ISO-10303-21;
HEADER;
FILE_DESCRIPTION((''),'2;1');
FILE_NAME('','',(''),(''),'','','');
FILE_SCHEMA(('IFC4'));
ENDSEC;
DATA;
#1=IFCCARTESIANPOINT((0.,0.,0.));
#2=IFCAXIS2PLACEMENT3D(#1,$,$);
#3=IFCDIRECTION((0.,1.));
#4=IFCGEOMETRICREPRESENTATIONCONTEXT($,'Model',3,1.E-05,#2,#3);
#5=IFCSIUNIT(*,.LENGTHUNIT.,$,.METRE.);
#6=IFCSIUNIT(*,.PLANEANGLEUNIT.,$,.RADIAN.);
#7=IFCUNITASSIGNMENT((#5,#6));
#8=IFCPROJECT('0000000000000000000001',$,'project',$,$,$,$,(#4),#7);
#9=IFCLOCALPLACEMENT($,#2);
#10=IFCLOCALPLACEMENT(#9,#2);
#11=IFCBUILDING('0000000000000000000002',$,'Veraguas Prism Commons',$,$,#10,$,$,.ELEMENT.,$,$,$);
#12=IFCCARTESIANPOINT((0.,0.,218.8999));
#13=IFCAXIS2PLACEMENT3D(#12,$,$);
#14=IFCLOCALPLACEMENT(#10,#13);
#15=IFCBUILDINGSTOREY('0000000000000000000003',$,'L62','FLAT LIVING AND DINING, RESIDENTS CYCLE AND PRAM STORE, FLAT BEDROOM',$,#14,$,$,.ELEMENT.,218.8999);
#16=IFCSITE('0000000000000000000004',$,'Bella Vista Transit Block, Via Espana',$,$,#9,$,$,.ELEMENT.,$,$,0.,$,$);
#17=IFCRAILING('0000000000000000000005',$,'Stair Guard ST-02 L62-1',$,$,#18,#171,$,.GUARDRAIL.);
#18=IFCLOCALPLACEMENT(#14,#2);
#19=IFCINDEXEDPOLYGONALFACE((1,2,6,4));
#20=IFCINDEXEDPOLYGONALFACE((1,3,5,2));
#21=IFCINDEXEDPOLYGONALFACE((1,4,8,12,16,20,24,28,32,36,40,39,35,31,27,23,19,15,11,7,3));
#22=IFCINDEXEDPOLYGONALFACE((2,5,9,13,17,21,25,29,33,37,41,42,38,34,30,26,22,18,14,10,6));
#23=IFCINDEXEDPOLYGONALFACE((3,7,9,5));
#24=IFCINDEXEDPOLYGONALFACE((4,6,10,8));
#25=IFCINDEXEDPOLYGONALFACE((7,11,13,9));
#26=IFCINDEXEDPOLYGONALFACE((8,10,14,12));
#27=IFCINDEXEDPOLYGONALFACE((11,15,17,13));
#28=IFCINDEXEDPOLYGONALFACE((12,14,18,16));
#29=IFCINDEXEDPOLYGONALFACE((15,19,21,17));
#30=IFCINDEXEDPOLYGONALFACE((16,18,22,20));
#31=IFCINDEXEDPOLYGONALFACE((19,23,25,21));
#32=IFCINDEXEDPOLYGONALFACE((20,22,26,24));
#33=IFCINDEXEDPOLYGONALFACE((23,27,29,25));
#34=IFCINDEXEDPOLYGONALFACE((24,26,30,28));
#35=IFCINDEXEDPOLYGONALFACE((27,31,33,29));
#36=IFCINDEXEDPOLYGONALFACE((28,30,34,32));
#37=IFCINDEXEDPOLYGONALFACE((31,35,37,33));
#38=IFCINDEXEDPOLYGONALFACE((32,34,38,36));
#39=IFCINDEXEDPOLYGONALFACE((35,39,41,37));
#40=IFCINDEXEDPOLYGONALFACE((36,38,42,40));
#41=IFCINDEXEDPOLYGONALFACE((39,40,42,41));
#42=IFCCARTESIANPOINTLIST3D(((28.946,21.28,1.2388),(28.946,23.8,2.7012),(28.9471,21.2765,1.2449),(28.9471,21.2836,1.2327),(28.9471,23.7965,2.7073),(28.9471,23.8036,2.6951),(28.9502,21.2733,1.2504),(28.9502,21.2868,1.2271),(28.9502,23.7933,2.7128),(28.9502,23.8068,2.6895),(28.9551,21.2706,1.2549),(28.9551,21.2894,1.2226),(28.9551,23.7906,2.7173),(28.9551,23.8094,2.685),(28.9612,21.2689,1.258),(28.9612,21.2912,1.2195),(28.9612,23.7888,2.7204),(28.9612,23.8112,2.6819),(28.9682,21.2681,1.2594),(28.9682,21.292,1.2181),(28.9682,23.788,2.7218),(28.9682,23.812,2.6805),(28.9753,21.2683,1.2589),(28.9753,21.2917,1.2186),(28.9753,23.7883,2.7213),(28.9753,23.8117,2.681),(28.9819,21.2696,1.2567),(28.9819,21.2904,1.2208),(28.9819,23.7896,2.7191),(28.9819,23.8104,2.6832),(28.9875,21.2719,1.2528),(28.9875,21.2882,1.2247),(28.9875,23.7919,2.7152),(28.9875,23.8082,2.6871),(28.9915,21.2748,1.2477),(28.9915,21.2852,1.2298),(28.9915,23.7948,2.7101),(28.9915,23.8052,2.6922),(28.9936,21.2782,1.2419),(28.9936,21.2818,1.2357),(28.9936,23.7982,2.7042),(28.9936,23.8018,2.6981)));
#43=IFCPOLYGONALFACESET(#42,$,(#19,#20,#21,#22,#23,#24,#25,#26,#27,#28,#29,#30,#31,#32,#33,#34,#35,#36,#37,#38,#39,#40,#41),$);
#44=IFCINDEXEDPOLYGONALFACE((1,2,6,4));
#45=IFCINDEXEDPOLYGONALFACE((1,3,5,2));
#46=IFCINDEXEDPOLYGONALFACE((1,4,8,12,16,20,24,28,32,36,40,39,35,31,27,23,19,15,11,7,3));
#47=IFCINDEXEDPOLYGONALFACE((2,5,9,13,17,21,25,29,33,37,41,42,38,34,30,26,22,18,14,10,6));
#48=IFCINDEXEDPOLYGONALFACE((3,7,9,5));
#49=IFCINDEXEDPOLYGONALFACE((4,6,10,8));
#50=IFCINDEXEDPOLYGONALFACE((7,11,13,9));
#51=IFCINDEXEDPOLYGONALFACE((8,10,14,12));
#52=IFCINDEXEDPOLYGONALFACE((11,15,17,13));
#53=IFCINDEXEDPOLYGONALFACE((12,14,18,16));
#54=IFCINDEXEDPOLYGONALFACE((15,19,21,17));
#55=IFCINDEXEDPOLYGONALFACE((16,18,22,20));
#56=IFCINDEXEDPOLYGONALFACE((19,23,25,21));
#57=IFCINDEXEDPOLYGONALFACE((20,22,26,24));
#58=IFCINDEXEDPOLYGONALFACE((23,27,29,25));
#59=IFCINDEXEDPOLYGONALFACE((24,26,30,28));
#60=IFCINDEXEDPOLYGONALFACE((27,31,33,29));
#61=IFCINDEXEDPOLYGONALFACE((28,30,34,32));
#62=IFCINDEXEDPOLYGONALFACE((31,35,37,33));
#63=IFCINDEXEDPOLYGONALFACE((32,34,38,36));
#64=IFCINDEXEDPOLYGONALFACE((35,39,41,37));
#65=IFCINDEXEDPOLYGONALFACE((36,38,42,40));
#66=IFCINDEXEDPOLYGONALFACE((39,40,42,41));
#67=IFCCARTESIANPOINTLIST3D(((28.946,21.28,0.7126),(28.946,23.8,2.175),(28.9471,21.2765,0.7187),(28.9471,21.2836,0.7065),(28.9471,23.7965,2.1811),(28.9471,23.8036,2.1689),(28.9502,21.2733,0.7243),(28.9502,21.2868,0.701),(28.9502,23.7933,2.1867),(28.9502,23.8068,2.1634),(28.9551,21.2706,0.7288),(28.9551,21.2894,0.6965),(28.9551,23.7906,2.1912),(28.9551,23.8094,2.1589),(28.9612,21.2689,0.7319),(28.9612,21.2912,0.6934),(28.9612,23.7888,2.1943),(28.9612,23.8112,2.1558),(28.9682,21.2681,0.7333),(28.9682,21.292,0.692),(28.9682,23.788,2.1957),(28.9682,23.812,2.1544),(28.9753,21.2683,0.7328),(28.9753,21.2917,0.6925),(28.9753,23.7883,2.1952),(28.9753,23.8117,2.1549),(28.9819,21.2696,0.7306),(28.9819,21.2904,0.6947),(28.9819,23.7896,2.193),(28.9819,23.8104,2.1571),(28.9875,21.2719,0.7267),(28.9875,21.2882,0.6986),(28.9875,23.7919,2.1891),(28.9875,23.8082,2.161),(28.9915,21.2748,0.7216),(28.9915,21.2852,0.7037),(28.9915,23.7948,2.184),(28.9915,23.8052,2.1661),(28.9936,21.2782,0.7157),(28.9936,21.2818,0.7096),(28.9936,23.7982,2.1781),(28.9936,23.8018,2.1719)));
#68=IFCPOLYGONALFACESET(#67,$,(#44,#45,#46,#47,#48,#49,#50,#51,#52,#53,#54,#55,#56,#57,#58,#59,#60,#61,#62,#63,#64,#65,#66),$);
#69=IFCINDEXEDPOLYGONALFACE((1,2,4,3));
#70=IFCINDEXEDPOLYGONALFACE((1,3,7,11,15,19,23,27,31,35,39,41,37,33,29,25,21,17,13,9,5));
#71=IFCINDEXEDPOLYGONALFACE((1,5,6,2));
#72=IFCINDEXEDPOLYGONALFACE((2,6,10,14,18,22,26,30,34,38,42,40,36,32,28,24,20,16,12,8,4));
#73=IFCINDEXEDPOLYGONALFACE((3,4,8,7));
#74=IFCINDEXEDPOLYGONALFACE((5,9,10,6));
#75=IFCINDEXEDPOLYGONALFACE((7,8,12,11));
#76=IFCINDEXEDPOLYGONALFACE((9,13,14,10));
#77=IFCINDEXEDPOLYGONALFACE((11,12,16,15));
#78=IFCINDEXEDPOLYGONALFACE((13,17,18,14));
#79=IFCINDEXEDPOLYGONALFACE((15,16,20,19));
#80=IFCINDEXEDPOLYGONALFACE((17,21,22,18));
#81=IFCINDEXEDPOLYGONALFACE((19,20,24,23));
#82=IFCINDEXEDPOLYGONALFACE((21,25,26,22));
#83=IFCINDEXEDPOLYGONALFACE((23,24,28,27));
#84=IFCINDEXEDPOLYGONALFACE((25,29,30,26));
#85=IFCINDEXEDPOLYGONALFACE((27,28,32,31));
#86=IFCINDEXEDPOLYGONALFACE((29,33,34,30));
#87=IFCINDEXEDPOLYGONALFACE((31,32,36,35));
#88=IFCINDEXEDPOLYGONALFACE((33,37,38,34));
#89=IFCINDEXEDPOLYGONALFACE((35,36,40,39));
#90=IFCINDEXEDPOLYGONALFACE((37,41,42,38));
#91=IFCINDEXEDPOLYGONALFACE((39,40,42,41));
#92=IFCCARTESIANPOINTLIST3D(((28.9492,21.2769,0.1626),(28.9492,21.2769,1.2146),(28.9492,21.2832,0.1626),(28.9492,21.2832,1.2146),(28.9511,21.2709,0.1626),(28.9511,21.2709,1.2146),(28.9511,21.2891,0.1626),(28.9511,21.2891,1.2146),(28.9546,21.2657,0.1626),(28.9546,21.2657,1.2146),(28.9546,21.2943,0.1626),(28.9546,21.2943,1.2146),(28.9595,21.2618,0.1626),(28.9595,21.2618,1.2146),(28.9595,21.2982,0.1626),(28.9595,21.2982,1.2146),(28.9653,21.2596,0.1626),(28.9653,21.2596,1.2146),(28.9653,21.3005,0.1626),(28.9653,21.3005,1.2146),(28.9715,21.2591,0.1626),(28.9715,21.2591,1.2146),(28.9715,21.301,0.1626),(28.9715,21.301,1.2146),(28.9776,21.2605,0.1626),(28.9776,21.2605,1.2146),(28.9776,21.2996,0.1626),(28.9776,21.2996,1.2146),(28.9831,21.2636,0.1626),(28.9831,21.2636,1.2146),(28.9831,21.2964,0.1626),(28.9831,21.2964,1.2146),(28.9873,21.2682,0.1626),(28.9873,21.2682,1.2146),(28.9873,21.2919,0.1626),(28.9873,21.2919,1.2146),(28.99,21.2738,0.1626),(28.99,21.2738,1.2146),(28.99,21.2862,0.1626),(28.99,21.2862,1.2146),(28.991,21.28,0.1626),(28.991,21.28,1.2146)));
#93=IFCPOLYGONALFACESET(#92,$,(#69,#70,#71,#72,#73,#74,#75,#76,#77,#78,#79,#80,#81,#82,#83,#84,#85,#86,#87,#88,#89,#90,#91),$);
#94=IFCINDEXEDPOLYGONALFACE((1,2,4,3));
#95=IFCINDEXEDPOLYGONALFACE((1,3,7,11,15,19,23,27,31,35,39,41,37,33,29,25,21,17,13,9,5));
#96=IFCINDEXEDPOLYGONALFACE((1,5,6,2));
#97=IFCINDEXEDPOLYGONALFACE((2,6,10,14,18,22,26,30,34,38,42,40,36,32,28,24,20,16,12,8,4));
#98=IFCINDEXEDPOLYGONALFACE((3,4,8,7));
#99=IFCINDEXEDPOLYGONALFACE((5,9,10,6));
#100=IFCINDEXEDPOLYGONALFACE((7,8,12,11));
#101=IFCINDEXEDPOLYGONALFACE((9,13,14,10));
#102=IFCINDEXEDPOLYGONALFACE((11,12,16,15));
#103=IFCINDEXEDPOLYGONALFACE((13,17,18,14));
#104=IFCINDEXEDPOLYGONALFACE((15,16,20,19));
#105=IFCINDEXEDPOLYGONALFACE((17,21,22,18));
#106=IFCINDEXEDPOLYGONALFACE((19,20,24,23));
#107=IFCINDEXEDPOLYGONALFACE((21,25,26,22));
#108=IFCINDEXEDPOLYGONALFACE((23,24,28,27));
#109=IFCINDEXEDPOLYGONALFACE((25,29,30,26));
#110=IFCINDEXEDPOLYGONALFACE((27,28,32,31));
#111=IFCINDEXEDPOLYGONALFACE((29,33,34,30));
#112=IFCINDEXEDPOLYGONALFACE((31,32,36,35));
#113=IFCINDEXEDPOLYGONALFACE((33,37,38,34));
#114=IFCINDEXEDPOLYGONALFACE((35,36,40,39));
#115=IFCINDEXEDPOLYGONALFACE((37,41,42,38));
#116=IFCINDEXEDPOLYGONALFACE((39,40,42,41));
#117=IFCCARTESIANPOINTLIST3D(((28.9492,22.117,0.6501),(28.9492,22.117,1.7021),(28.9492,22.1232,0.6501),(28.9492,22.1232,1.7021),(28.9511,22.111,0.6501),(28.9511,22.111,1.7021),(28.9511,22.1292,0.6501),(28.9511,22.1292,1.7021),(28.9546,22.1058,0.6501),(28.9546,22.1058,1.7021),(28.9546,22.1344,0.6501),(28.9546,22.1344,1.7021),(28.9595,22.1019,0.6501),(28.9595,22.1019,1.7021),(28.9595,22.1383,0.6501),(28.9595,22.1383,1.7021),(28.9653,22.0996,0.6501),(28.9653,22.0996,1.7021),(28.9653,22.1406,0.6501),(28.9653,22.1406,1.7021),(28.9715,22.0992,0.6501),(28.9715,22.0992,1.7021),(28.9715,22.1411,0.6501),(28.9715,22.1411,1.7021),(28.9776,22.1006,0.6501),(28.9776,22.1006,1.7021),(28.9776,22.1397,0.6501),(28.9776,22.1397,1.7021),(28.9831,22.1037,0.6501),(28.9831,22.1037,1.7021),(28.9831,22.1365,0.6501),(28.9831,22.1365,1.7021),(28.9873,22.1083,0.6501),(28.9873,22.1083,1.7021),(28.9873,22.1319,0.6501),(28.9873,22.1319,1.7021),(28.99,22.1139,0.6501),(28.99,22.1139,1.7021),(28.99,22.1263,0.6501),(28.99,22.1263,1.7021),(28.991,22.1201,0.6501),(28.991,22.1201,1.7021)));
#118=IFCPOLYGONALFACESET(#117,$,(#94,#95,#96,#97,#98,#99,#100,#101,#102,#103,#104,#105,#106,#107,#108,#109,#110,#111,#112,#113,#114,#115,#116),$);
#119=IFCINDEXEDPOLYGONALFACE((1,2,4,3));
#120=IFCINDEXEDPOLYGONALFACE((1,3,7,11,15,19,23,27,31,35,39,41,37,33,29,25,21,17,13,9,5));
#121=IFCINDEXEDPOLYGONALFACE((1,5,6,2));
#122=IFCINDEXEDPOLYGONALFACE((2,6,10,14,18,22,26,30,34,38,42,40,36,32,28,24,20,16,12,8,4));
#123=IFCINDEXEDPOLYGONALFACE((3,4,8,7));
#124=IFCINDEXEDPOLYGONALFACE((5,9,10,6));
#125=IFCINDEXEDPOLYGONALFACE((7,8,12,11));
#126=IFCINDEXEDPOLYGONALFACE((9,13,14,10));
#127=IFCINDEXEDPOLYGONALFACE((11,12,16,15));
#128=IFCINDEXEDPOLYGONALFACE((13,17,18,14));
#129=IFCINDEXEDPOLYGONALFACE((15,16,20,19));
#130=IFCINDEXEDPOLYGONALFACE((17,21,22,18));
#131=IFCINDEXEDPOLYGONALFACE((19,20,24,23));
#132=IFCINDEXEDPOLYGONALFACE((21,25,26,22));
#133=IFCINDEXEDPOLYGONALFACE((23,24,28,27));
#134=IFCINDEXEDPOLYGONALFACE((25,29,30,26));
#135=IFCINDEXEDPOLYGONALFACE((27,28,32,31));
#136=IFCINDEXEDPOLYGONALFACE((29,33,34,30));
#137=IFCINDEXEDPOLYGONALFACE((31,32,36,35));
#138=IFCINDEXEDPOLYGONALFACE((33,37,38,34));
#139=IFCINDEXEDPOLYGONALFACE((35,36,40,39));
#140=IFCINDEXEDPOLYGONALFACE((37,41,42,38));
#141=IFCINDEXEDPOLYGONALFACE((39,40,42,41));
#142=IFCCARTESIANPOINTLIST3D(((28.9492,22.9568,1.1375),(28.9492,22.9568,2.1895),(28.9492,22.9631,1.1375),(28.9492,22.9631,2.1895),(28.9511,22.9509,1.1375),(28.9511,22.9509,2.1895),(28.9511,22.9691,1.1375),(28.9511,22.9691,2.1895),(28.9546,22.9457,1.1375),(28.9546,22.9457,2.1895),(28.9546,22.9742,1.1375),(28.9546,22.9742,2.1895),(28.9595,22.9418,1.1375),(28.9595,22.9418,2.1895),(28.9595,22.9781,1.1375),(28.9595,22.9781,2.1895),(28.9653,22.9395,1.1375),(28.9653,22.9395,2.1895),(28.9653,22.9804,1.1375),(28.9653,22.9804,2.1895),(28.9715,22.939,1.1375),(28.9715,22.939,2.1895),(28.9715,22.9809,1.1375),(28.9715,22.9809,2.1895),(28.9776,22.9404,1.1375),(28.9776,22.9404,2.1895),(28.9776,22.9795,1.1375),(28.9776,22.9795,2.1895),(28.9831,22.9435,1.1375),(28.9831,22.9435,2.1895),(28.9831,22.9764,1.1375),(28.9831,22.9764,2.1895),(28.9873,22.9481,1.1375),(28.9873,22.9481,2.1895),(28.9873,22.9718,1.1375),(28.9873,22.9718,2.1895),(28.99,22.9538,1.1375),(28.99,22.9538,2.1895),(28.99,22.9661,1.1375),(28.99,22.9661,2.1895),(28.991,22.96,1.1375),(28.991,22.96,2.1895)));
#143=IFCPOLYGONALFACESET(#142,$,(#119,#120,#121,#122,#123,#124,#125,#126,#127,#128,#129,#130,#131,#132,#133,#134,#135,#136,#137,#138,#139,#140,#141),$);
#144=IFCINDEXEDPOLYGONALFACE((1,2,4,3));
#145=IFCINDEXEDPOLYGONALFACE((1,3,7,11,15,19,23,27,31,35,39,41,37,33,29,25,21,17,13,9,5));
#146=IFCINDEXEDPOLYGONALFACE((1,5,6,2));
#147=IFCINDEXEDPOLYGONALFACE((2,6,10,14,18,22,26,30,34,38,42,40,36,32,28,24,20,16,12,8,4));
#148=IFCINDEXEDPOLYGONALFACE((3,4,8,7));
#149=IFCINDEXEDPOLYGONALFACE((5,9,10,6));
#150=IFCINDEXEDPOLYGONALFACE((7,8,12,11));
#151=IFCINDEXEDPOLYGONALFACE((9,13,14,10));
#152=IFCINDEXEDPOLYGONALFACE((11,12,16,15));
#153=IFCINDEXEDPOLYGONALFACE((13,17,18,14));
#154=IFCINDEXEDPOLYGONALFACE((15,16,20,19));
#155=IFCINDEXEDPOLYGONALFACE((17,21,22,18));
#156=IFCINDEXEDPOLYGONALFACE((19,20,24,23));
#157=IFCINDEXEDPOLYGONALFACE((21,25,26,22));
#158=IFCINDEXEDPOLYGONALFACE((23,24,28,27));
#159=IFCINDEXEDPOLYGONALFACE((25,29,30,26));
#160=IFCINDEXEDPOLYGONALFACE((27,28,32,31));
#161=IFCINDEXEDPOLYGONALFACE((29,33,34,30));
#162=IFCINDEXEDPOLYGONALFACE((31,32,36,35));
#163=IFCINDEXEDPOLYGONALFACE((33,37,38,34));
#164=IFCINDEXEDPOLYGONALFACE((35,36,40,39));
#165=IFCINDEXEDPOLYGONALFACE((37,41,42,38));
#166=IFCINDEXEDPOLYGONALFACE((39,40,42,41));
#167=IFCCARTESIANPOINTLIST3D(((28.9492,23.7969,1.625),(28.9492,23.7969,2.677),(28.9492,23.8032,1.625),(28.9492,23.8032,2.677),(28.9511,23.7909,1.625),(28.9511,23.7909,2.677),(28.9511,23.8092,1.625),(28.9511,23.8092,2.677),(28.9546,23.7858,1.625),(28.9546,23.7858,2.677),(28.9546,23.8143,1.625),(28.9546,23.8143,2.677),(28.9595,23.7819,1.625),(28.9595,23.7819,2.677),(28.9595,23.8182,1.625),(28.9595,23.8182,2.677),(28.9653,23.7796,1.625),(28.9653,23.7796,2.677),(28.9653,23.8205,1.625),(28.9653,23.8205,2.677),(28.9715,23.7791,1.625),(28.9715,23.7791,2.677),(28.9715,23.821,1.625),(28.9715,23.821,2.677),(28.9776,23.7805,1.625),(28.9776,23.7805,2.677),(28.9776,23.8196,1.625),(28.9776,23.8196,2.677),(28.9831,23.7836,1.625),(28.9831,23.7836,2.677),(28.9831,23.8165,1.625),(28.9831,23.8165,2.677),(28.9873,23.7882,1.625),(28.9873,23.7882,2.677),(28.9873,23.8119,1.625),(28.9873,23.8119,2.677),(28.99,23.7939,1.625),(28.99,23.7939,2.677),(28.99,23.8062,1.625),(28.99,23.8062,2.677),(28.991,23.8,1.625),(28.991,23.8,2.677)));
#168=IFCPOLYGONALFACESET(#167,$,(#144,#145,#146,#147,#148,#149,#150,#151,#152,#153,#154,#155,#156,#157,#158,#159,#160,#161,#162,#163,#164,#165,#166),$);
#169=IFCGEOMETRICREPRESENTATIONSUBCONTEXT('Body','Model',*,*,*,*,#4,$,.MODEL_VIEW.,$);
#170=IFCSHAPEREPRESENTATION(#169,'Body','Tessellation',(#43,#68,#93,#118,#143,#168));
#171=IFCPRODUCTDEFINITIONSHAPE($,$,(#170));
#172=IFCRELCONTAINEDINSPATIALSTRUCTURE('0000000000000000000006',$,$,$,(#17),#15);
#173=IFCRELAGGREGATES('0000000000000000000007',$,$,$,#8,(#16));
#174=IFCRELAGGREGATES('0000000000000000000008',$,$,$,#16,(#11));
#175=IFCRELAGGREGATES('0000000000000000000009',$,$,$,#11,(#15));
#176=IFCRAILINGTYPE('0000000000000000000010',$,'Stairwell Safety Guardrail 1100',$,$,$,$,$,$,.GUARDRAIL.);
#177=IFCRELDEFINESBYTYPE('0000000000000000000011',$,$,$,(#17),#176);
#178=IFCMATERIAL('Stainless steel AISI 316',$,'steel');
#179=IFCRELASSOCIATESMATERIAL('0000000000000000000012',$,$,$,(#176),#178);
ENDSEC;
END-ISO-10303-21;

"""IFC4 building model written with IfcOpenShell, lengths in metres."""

from ifc_helpers import new_model, si_unit, direction, frame, origin, origin_2d, place, context, subcontext, project, spatial, circle, extrude, material, type_object, element, save


model = new_model("IFC4")

# Units and contexts
model_context = context("Model", 3, precision=1e-05, world=origin(), true_north=direction((0.0, 1.0)))
body_context = subcontext(model_context, "Body", "Model", "MODEL_VIEW")
ifc_project = project(units=[si_unit("LENGTHUNIT", "METRE"), si_unit("PLANEANGLEUNIT", "RADIAN")], contexts=[model_context])

# Site, building, storey
site_placement = place(None, origin())
site = spatial("IfcSite", under=ifc_project, at=site_placement, Name="Bella Vista Transit Block, Via Espana", CompositionType="ELEMENT", RefElevation=0.0)
building_placement = place(site_placement, origin())
building = spatial("IfcBuilding", under=site, at=building_placement, Name="Veraguas Prism Commons", CompositionType="ELEMENT")
storey_placement = place(building_placement, frame((0.0, 0.0, 218.8999)))
storey = spatial("IfcBuildingStorey", under=building, at=storey_placement, Name="L62", Description="FLAT LIVING AND DINING, RESIDENTS CYCLE AND PRAM STORE, FLAT BEDROOM", CompositionType="ELEMENT", Elevation=218.8999)

# Railing
ifc_material_1 = material(Name="Stainless steel AISI 316", Category="steel")
railing_type_1 = type_object("IfcRailingType", Name="Stairwell Safety Guardrail 1100", PredefinedType="GUARDRAIL", material=ifc_material_1)
railing_1_placement = place(storey_placement, frame((28.97, 21.28, 0.1626)))
element("IfcRailing", 1, at=railing_1_placement, inside=storey, type_object=railing_type_1, Name="Stair Guard ST-02 L62-1", PredefinedType="GUARDRAIL", context=body_context, shape_type="SweptSolid", body=[
    extrude(circle(Radius=0.0239, at=origin_2d()), frame((0.0, 0.0, 1.0762), z_axis=(0.0, 0.864913, 0.501921), x_axis=(-1.0, 0.0, 0.0)), (0.0, 0.0, 1.0), 2.9136),
    extrude(circle(Radius=0.0239, at=origin_2d()), frame((0.0, 0.0, 0.55), z_axis=(0.0, 0.864913, 0.501921), x_axis=(-1.0, 0.0, 0.0)), (0.0, 0.0, 1.0), 2.9136),
    extrude(circle(Radius=0.021, at=origin_2d()), origin(), (0.0, 0.0, 1.0), 1.052),
    extrude(circle(Radius=0.021, at=origin_2d()), frame((0.0, 0.8401, 0.4875)), (0.0, 0.0, 1.0), 1.052),
    extrude(circle(Radius=0.021, at=origin_2d()), frame((0.0, 1.6799, 0.9749)), (0.0, 0.0, 1.0), 1.052),
    extrude(circle(Radius=0.021, at=origin_2d()), frame((0.0, 2.52, 1.4624)), (0.0, 0.0, 1.0), 1.052),
])

save(model, "model.ifc")
